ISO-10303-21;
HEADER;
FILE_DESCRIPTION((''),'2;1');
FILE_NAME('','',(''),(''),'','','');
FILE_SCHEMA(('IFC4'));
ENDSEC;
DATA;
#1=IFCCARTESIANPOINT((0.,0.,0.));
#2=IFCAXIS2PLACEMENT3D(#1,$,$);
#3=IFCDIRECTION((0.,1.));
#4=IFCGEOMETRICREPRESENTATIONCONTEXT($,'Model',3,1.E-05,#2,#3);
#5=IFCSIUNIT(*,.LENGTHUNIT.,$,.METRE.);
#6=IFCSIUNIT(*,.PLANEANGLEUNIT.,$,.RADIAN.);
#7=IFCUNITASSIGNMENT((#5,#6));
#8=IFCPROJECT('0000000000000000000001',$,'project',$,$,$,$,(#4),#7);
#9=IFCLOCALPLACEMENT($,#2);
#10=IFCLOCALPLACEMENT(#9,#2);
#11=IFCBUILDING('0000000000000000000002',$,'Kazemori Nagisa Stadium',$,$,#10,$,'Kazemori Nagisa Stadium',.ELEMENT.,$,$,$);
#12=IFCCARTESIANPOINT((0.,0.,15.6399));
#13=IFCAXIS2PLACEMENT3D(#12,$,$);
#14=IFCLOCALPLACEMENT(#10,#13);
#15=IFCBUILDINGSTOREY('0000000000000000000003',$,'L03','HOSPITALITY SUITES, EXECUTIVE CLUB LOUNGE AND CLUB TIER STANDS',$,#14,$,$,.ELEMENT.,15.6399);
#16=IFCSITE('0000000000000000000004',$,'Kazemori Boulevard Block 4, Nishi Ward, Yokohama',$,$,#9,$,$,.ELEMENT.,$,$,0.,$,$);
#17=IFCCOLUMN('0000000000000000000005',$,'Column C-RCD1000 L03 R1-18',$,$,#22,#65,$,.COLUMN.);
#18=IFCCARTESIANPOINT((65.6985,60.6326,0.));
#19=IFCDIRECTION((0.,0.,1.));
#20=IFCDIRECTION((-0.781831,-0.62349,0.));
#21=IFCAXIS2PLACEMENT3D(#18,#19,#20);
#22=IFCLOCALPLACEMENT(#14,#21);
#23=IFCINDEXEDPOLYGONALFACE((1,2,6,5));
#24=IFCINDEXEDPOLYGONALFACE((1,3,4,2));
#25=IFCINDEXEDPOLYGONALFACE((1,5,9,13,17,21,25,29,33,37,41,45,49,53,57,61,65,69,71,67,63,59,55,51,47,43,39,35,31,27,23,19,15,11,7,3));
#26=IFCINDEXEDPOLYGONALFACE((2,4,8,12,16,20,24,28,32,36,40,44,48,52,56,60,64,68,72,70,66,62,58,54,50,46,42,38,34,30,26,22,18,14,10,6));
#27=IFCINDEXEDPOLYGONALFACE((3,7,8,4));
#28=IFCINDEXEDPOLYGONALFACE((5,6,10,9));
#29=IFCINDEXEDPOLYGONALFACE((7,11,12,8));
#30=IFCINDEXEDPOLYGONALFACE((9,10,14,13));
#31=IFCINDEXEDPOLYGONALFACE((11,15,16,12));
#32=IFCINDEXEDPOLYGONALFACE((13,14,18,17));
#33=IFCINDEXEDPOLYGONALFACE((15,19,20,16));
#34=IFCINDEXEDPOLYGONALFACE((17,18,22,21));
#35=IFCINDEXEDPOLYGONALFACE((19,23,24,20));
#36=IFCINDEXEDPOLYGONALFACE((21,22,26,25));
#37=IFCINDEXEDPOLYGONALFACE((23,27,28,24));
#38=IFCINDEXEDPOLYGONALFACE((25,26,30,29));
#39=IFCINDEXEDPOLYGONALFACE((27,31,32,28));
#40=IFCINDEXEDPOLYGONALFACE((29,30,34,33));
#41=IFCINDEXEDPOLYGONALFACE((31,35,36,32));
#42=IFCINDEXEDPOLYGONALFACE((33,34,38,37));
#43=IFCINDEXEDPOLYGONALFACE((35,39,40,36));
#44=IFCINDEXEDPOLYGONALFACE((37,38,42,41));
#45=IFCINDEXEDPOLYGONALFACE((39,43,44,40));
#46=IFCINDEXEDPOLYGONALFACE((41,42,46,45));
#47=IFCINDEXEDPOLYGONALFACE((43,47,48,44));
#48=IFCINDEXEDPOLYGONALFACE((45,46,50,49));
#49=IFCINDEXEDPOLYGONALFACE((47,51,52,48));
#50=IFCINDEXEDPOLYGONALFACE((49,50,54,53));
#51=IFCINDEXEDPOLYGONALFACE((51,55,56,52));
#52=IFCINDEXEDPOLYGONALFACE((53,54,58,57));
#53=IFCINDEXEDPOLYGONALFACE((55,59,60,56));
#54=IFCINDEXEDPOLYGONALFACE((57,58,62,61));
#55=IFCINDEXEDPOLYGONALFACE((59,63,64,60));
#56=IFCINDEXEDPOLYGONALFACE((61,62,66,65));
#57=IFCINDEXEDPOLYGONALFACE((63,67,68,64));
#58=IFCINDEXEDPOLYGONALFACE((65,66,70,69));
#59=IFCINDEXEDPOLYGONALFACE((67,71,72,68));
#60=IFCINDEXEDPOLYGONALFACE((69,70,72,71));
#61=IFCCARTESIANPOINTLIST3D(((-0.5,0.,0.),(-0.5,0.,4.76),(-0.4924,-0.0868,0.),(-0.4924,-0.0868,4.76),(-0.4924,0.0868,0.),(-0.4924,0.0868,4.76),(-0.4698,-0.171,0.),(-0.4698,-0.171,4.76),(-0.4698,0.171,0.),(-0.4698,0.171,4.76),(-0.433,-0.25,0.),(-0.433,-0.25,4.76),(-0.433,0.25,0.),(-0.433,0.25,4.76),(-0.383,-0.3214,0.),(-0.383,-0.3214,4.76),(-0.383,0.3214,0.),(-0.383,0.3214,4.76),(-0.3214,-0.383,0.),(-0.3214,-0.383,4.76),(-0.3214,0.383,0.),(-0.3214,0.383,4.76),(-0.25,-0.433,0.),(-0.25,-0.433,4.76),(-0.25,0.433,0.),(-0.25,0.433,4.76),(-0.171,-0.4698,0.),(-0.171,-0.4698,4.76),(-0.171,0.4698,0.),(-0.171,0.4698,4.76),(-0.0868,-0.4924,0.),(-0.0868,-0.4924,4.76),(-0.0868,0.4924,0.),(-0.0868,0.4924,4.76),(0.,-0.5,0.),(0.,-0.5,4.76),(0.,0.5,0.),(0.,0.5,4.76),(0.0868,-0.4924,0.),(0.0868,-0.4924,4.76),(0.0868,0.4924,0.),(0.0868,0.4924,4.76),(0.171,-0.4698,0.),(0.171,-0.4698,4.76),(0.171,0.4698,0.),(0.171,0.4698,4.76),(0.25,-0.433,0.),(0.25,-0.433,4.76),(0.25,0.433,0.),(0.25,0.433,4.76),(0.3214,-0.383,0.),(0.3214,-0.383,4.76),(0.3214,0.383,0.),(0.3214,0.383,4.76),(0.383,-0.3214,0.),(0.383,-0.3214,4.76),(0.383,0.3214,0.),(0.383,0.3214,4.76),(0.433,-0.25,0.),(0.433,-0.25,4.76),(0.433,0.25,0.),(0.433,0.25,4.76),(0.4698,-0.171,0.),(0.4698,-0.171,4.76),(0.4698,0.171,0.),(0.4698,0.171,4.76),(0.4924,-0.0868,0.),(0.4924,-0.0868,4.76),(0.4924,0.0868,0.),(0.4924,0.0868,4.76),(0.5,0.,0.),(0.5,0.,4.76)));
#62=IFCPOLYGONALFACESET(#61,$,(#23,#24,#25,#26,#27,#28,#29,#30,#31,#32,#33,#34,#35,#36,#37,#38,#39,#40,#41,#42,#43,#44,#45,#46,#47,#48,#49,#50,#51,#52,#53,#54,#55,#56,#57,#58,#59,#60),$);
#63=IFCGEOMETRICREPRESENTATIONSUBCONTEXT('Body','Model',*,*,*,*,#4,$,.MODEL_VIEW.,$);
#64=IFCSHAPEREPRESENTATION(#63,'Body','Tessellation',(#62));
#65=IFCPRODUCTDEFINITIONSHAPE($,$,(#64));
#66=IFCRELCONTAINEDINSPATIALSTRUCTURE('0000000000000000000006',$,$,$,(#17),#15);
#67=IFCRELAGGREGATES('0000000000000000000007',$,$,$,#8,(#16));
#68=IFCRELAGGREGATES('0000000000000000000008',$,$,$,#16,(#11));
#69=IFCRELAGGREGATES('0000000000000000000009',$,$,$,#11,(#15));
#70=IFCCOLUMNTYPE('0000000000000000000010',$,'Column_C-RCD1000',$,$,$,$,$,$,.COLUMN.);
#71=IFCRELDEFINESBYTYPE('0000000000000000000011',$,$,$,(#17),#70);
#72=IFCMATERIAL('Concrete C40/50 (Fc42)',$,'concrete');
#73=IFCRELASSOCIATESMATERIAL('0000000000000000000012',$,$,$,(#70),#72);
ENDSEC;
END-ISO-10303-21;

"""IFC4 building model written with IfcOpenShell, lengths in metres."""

from ifc_helpers import new_model, si_unit, direction, frame, origin, origin_2d, place, context, subcontext, project, spatial, circle, extrude, material, material_profile, profile_set, type_object, element, save


model = new_model("IFC4")

# Units and contexts
model_context = context("Model", 3, precision=1e-05, world=origin(), true_north=direction((0.0, 1.0)))
body_context = subcontext(model_context, "Body", "Model", "MODEL_VIEW")
ifc_project = project(units=[si_unit("LENGTHUNIT", "METRE"), si_unit("PLANEANGLEUNIT", "RADIAN")], contexts=[model_context])

# Site, building, storey
site_placement = place(None, origin())
site = spatial("IfcSite", under=ifc_project, at=site_placement, Name="Kazemori Boulevard Block 4, Nishi Ward, Yokohama", CompositionType="ELEMENT", RefElevation=0.0)
building_placement = place(site_placement, origin())
building = spatial("IfcBuilding", under=site, at=building_placement, Name="Kazemori Nagisa Stadium", LongName="Kazemori Nagisa Stadium", CompositionType="ELEMENT")
storey_placement = place(building_placement, frame((0.0, 0.0, 15.6399)))
storey = spatial("IfcBuildingStorey", under=building, at=storey_placement, Name="L03", Description="HOSPITALITY SUITES, EXECUTIVE CLUB LOUNGE AND CLUB TIER STANDS", CompositionType="ELEMENT", Elevation=15.6399)

# Column
ifc_material_1 = material(Name="Concrete C40/50 (Fc42)", Category="concrete")
ifc_material_profile_1 = material_profile(ifc_material_1, circle(Radius=0.5, at=origin_2d()), Name="RC-COL-D1000")
ifc_profile_set_1 = profile_set([ifc_material_profile_1], Name="Concrete C40/50 (Fc42)")
column_type = type_object("IfcColumnType", Name="Column_C-RCD1000", PredefinedType="COLUMN", material=ifc_profile_set_1)
column_placement = place(storey_placement, frame((65.6985, 60.6326, 0.0), z_axis=(0.0, 0.0, 1.0), x_axis=(-0.781831, -0.62349, 0.0)))
element("IfcColumn", 1, at=column_placement, inside=storey, type_object=column_type, Name="Column C-RCD1000 L03 R1-18", PredefinedType="COLUMN", context=body_context, shape_type="SweptSolid", body=[
    extrude(circle(Radius=0.5, at=origin_2d()), origin(), (0.0, 0.0, 1.0), 4.76),
])

save(model, "model.ifc")
